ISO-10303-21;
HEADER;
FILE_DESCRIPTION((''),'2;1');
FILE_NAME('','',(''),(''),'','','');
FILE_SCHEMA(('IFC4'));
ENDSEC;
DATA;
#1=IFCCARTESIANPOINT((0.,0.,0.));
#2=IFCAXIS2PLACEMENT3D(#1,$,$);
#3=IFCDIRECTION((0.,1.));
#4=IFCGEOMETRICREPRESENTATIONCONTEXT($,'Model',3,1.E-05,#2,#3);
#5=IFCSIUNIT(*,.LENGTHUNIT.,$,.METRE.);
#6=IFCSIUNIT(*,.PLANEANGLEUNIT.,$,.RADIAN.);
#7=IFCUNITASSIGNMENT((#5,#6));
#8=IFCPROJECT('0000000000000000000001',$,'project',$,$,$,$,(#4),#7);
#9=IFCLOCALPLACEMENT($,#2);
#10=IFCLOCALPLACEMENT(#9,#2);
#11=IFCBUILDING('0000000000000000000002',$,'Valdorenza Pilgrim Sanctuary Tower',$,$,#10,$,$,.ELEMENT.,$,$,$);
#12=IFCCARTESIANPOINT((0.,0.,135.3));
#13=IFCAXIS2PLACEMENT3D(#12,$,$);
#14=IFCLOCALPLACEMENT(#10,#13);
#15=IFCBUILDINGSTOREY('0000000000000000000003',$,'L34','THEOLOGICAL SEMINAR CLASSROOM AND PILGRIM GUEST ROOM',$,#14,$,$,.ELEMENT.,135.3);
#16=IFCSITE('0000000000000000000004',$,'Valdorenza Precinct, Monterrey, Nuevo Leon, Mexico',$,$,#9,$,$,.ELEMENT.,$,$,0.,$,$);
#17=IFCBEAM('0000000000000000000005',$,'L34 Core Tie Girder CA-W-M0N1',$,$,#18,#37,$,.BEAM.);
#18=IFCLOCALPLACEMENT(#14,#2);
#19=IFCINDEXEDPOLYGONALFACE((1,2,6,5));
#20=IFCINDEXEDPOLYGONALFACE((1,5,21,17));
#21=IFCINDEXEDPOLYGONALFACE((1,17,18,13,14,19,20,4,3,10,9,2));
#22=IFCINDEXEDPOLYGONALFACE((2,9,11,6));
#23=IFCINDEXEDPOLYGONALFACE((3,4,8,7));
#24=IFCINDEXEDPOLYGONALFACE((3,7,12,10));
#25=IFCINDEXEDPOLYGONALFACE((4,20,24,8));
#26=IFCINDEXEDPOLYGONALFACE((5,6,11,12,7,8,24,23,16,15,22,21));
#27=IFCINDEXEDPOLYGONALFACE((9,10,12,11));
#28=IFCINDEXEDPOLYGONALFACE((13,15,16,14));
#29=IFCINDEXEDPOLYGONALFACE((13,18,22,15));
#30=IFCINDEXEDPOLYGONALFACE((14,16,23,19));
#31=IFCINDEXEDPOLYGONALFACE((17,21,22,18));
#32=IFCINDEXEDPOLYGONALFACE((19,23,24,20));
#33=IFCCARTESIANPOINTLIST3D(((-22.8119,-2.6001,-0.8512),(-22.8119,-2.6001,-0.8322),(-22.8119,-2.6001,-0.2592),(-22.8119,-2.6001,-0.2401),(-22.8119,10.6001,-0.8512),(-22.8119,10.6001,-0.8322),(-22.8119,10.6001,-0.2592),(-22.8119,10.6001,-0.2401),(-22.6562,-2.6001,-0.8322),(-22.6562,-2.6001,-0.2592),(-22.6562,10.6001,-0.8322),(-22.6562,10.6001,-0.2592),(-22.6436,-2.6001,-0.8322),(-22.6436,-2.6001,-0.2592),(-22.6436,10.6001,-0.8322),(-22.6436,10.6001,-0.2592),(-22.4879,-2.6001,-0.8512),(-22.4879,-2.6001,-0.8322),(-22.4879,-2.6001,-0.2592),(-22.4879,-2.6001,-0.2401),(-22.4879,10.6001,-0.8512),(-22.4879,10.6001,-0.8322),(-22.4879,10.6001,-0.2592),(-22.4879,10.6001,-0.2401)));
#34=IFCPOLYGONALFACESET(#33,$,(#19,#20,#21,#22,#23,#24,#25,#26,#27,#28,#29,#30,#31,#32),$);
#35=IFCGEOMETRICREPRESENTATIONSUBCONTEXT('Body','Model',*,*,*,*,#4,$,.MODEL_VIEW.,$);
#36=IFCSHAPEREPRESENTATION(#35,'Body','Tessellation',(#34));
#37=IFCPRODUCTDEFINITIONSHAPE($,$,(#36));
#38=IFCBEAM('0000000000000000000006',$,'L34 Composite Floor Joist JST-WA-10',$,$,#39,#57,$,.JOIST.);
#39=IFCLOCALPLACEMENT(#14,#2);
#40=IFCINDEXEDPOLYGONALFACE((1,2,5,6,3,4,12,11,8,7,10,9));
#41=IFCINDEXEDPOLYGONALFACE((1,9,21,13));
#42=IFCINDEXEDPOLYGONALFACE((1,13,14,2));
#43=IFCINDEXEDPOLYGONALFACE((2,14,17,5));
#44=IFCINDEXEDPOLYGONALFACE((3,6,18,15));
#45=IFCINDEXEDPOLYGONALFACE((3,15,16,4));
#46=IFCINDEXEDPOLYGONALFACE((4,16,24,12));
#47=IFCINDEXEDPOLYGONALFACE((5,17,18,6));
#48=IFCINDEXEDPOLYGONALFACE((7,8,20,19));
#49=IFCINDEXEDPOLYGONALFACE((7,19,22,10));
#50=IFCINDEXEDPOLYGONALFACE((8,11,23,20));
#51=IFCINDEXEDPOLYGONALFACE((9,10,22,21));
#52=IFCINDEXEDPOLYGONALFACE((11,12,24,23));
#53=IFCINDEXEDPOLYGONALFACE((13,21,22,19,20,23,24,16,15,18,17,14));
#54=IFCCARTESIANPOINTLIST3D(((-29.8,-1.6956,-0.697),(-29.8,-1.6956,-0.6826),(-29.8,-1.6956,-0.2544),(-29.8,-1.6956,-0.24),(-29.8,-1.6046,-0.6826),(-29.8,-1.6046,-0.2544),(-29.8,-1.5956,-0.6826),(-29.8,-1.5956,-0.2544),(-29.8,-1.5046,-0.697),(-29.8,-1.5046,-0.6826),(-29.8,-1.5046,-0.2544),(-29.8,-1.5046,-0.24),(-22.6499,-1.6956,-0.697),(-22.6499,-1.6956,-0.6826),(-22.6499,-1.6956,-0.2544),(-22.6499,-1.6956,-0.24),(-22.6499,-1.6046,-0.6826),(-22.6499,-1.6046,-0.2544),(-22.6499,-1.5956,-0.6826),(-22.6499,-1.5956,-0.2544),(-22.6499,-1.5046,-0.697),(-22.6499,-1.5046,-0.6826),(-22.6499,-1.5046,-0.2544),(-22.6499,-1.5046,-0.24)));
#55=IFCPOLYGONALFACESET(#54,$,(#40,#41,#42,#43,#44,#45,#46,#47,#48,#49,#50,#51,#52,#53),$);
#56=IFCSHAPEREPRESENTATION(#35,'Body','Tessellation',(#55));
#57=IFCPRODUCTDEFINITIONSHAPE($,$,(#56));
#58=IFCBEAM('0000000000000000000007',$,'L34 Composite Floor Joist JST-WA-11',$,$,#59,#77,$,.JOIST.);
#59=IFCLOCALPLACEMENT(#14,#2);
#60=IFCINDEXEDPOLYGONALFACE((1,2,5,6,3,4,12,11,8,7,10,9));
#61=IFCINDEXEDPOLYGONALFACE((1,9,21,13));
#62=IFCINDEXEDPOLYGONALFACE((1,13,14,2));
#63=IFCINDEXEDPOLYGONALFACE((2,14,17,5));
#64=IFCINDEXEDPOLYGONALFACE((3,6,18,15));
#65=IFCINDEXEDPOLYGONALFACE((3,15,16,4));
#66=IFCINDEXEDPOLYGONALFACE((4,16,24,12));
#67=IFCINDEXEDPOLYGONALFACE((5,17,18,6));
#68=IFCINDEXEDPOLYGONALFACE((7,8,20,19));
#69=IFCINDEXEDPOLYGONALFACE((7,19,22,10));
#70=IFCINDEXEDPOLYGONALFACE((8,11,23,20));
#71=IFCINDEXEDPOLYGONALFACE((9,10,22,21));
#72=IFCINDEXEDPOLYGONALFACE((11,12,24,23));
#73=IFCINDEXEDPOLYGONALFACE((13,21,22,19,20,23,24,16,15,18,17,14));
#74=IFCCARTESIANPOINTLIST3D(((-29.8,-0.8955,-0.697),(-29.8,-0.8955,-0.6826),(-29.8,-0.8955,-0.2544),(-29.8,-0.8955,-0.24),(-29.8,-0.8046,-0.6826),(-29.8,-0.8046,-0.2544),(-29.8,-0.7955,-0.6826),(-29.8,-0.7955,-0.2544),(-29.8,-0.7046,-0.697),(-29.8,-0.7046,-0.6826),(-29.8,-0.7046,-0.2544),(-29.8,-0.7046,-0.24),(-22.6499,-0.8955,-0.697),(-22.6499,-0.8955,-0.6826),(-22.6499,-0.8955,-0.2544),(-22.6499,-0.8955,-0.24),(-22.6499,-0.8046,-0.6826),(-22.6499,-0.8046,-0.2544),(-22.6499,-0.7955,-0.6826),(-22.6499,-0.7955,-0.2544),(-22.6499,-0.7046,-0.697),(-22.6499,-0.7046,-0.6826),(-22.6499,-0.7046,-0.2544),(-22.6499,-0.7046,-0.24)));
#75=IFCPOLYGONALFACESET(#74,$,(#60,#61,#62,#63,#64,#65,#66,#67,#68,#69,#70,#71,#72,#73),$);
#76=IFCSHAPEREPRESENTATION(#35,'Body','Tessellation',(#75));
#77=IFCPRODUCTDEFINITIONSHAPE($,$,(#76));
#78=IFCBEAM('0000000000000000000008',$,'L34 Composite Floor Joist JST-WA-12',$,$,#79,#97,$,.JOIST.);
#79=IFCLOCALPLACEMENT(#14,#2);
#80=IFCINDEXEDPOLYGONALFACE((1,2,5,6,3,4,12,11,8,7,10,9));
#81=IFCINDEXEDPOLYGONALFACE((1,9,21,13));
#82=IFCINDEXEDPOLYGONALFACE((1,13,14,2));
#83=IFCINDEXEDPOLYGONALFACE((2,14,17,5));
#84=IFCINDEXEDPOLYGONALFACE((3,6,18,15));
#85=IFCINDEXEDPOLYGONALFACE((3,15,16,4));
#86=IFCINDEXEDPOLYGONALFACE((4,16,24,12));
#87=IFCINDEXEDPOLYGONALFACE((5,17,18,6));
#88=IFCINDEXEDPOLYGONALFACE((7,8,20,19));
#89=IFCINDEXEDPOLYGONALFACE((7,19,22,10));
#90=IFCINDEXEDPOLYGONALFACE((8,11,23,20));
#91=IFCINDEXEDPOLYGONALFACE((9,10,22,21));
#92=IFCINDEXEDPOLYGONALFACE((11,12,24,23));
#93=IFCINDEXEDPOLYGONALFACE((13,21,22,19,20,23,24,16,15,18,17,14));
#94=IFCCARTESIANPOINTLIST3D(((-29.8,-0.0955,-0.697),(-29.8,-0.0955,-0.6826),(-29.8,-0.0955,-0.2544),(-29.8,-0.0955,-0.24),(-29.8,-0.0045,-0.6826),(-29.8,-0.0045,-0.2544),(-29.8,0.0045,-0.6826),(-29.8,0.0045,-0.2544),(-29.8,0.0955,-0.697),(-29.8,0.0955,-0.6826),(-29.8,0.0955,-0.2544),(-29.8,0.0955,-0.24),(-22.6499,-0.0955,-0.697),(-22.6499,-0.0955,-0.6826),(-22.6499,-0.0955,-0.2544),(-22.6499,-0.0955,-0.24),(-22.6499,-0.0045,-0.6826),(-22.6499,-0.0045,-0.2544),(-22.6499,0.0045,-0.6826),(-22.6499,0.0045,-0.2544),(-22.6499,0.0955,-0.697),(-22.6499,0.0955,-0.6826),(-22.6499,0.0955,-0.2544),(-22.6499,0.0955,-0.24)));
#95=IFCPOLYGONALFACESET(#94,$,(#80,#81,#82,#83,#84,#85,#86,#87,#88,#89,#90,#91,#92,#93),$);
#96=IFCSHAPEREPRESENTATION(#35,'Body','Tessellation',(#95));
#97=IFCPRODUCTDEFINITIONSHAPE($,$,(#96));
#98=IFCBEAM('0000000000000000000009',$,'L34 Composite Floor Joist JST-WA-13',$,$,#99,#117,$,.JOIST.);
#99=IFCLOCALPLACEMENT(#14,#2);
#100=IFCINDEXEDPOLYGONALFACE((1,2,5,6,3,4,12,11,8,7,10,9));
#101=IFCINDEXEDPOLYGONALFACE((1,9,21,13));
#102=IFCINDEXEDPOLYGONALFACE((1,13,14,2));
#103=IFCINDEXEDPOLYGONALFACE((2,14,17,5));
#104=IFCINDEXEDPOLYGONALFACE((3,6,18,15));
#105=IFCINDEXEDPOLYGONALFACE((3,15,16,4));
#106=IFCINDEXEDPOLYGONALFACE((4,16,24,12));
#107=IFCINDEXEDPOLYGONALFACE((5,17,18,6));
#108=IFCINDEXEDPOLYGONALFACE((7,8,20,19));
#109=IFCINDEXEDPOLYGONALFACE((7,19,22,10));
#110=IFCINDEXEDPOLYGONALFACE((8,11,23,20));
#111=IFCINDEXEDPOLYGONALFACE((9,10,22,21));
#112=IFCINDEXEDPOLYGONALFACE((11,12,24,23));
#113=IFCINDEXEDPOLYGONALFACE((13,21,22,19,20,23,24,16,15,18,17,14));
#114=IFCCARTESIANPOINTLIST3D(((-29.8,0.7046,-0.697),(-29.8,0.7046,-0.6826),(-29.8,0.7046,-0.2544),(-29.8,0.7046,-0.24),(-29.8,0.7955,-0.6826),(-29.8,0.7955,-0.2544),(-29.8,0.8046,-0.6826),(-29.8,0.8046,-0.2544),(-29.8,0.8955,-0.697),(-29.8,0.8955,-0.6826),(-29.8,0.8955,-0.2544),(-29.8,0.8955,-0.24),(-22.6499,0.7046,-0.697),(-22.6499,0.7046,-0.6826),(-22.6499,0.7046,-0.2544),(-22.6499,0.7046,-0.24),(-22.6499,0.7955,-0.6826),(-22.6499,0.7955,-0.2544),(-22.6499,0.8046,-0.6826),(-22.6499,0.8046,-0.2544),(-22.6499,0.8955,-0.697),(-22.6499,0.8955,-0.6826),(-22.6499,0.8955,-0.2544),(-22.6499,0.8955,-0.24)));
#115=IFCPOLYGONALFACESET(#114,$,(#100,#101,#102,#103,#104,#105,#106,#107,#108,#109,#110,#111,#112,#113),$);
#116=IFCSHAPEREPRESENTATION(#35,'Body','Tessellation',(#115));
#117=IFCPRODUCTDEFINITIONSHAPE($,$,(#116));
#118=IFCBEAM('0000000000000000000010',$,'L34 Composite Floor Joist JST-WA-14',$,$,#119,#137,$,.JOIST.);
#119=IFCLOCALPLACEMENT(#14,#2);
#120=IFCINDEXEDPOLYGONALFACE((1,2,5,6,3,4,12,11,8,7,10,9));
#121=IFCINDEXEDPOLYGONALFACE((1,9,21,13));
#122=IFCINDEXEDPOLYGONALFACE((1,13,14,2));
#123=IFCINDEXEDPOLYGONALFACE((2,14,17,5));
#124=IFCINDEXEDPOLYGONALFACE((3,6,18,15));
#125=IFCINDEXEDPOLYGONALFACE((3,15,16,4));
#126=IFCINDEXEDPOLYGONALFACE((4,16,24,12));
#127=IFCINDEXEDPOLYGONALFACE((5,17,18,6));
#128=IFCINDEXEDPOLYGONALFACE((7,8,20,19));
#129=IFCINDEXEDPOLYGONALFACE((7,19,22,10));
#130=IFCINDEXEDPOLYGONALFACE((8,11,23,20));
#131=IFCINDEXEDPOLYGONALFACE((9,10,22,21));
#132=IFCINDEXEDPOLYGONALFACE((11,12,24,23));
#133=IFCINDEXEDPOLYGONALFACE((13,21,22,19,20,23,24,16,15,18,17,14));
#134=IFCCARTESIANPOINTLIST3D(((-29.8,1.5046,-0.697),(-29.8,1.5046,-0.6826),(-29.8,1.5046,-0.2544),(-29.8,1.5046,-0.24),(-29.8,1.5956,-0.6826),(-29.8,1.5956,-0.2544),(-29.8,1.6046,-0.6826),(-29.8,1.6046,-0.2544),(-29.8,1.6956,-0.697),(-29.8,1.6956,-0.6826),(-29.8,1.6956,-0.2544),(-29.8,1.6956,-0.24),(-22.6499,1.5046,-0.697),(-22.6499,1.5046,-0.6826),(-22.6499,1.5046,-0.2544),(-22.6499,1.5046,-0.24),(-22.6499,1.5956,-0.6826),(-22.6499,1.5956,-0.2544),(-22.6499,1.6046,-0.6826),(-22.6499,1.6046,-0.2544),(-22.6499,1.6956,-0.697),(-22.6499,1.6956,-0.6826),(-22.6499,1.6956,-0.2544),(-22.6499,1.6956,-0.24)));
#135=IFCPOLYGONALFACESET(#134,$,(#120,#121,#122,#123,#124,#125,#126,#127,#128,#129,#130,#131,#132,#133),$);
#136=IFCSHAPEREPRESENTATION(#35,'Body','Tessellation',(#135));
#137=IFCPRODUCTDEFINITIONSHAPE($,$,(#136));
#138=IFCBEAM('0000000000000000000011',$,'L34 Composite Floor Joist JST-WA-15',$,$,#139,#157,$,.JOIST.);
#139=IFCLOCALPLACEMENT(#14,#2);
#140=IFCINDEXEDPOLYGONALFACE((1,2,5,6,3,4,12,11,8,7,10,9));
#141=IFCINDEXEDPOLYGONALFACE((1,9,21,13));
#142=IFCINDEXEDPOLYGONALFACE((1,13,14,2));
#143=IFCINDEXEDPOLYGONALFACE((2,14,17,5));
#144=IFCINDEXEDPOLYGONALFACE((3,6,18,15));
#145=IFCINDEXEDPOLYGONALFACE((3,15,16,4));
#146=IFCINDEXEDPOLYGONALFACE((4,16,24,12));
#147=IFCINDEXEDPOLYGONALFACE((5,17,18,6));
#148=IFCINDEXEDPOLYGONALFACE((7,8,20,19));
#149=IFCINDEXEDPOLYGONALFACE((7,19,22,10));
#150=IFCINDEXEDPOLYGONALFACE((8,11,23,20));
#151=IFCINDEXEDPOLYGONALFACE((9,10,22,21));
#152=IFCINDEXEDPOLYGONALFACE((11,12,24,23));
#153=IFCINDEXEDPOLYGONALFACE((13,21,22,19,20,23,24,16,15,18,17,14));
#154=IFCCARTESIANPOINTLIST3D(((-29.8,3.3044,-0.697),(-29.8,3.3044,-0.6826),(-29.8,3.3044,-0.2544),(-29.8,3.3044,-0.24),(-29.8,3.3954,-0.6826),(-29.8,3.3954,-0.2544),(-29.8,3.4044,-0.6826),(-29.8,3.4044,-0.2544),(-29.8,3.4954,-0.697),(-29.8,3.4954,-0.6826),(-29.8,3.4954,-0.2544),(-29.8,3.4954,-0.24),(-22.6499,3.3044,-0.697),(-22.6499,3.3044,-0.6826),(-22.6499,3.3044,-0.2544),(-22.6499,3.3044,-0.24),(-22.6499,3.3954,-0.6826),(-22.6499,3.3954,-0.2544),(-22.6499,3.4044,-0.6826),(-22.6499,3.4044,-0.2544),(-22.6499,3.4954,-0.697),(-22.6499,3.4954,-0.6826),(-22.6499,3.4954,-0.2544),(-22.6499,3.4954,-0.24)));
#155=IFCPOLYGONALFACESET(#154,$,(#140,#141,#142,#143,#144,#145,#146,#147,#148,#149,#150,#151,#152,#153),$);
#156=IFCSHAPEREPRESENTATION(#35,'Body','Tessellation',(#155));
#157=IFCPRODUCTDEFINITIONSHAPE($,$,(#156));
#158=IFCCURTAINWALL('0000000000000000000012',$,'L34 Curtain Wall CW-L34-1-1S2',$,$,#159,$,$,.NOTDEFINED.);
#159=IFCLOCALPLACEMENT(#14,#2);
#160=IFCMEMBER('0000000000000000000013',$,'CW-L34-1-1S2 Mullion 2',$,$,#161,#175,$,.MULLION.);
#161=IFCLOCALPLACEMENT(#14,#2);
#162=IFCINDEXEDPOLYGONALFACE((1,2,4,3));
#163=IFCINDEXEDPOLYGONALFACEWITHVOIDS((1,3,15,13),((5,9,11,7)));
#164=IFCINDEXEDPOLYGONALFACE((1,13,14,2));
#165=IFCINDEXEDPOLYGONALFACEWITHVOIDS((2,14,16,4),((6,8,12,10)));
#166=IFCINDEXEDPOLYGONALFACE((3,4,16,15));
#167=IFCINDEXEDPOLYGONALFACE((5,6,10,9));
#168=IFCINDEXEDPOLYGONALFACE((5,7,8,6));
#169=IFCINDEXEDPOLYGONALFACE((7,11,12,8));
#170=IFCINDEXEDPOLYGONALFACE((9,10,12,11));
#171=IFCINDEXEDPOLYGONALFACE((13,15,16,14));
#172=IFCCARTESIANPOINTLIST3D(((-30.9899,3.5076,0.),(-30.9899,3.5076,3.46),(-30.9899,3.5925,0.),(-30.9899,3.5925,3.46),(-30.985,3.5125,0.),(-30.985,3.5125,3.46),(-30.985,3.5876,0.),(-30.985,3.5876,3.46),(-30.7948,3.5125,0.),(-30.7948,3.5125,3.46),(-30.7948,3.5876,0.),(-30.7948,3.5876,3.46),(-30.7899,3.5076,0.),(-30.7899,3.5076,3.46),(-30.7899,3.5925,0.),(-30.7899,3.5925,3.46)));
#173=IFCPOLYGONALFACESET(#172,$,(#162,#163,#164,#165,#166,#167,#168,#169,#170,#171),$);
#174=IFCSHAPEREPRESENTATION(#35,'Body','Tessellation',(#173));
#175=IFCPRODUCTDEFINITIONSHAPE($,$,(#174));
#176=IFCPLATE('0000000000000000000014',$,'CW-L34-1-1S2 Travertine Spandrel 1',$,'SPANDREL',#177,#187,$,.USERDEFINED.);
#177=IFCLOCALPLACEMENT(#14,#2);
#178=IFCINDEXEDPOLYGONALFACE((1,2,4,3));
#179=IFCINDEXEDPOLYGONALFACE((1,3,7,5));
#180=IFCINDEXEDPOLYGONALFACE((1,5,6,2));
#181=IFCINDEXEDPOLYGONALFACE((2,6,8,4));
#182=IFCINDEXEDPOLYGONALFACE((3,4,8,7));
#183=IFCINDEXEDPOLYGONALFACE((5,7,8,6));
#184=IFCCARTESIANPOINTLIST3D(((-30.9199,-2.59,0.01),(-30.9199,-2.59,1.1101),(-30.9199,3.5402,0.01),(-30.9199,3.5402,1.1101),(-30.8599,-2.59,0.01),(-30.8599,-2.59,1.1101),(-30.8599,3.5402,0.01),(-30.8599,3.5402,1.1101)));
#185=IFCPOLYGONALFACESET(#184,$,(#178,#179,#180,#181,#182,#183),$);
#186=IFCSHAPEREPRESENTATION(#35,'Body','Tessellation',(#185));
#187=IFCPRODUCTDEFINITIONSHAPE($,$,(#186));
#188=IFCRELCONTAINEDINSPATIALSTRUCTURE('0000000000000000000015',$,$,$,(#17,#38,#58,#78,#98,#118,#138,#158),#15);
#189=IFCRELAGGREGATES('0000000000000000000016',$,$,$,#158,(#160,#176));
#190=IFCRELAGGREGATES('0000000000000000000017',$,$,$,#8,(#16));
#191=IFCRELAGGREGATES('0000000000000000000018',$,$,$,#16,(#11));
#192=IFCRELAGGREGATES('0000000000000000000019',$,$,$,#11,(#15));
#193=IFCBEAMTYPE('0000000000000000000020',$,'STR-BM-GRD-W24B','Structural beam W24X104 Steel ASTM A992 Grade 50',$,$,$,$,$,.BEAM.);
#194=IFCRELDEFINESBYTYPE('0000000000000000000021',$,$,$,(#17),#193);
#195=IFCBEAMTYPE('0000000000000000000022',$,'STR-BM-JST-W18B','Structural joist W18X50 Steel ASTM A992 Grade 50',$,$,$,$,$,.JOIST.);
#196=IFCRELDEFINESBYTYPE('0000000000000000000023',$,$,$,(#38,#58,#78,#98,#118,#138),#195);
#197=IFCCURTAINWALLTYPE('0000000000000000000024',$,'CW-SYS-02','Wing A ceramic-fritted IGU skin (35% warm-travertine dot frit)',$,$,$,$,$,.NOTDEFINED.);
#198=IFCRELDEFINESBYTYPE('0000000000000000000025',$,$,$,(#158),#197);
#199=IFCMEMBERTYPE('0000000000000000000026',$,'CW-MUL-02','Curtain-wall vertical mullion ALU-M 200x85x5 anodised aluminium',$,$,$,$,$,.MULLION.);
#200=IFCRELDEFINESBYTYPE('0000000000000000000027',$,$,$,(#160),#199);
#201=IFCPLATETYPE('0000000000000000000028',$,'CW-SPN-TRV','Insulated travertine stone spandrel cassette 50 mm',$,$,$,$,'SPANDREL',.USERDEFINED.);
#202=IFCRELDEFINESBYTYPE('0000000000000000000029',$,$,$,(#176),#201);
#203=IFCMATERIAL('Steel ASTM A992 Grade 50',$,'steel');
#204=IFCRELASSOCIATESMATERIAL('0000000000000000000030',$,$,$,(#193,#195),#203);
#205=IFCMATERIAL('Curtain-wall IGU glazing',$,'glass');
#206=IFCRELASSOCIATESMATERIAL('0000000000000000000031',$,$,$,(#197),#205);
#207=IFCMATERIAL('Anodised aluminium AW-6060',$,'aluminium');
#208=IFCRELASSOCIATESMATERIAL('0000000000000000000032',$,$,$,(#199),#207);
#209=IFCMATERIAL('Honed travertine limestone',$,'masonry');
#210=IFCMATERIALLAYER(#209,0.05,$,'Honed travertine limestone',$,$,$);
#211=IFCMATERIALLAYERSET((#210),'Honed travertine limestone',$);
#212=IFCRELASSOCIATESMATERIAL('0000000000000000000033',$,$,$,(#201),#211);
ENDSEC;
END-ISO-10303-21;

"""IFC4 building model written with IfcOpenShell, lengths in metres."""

from ifc_helpers import new_model, si_unit, direction, frame, origin, origin_2d, place, context, subcontext, project, spatial, rectangle, hollow_rectangle, i_section, extrude, source, transform, mapped, material, layer, layer_set, material_profile, profile_set, type_object, element, aggregate, save


model = new_model("IFC4")

# Units and contexts
model_context = context("Model", 3, precision=1e-05, world=origin(), true_north=direction((0.0, 1.0)))
body_context = subcontext(model_context, "Body", "Model", "MODEL_VIEW")
ifc_project = project(units=[si_unit("LENGTHUNIT", "METRE"), si_unit("PLANEANGLEUNIT", "RADIAN")], contexts=[model_context])

# Site, building, storey
site_placement = place(None, origin())
site = spatial("IfcSite", under=ifc_project, at=site_placement, Name="Valdorenza Precinct, Monterrey, Nuevo Leon, Mexico", CompositionType="ELEMENT", RefElevation=0.0)
building_placement = place(site_placement, origin())
building = spatial("IfcBuilding", under=site, at=building_placement, Name="Valdorenza Pilgrim Sanctuary Tower", CompositionType="ELEMENT")
storey_placement = place(building_placement, frame((0.0, 0.0, 135.3)))
storey = spatial("IfcBuildingStorey", under=building, at=storey_placement, Name="L34", Description="THEOLOGICAL SEMINAR CLASSROOM AND PILGRIM GUEST ROOM", CompositionType="ELEMENT", Elevation=135.3)

# Beams
ifc_material_1 = material(Name="Steel ASTM A992 Grade 50", Category="steel")
ifc_material_profile_1 = material_profile(ifc_material_1, i_section(OverallWidth=0.324, OverallDepth=0.6111, WebThickness=0.0127, FlangeThickness=0.019, at=origin_2d()), Name="W24X104")
ifc_profile_set_1 = profile_set([ifc_material_profile_1], Name="Steel ASTM A992 Grade 50")
beam_type_1 = type_object("IfcBeamType", Name="STR-BM-GRD-W24B", Description="Structural beam W24X104 Steel ASTM A992 Grade 50", PredefinedType="BEAM", material=ifc_profile_set_1)
shared_shape_1 = source(origin(), body_context, "Body", "SweptSolid", [
    extrude(i_section(OverallWidth=0.324, OverallDepth=0.6111, WebThickness=0.0127, FlangeThickness=0.019, at=origin_2d()), origin(), (0.0, 0.0, 1.0), 13.2002),
])
beam_placement = place(storey_placement, frame((-22.6499, -2.6001, -0.5457), z_axis=(0.0, 1.0, 0.0), x_axis=(-1.0, 0.0, 0.0)))
element("IfcBeam", 1, at=beam_placement, inside=storey, type_object=beam_type_1, Name="L34 Core Tie Girder CA-W-M0N1", PredefinedType="BEAM", context=body_context, shape_type="MappedRepresentation", body=[
    mapped(shared_shape_1, transform((0.0, 0.0, 0.0), x_axis=(1.0, 0.0, 0.0), y_axis=(0.0, 1.0, 0.0), z_axis=(0.0, 0.0, 1.0), scale=1.0)),
])
ifc_material_profile_2 = material_profile(ifc_material_1, i_section(OverallWidth=0.1909, OverallDepth=0.457, WebThickness=0.009, FlangeThickness=0.0144, at=origin_2d()), Name="W18X50")
ifc_profile_set_2 = profile_set([ifc_material_profile_2], Name="Steel ASTM A992 Grade 50")
beam_type_2 = type_object("IfcBeamType", Name="STR-BM-JST-W18B", Description="Structural joist W18X50 Steel ASTM A992 Grade 50", PredefinedType="JOIST", material=ifc_profile_set_2)
shared_shape_2 = source(origin(), body_context, "Body", "SweptSolid", [
    extrude(i_section(OverallWidth=0.1909, OverallDepth=0.457, WebThickness=0.009, FlangeThickness=0.0144, at=origin_2d()), origin(), (0.0, 0.0, 1.0), 7.1501),
])
for number, where, z_axis, x_axis, name in (
    (2, (-29.8, -1.6001, -0.4685), (1.0, 0.0, 0.0), (0.0, 1.0, 0.0), "L34 Composite Floor Joist JST-WA-10"),
    (3, (-29.8, -0.8, -0.4685), (1.0, 0.0, 0.0), (0.0, 1.0, 0.0), "L34 Composite Floor Joist JST-WA-11"),
    (4, (-29.8, 0.0, -0.4685), (1.0, 0.0, 0.0), (0.0, 1.0, 0.0), "L34 Composite Floor Joist JST-WA-12"),
    (5, (-29.8, 0.8, -0.4685), (1.0, 0.0, 0.0), (0.0, 1.0, 0.0), "L34 Composite Floor Joist JST-WA-13"),
    (6, (-29.8, 1.6001, -0.4685), (1.0, 0.0, 0.0), (0.0, 1.0, 0.0), "L34 Composite Floor Joist JST-WA-14"),
    (7, (-29.8, 3.3999, -0.4685), (1.0, 0.0, 0.0), (0.0, 1.0, 0.0), "L34 Composite Floor Joist JST-WA-15"),
):
    element("IfcBeam", number, at=place(storey_placement, frame(where, z_axis=z_axis, x_axis=x_axis)), inside=storey, type_object=beam_type_2, Name=name, PredefinedType="JOIST", context=body_context, shape_type="MappedRepresentation", body=[
        mapped(shared_shape_2, transform((0.0, 0.0, 0.0), x_axis=(1.0, 0.0, 0.0), y_axis=(0.0, 1.0, 0.0), z_axis=(0.0, 0.0, 1.0), scale=1.0)),
    ])

# Curtain wall, member, plate
ifc_material_2 = material(Name="Curtain-wall IGU glazing", Category="glass")
curtain_wall_type = type_object("IfcCurtainWallType", Name="CW-SYS-02", Description="Wing A ceramic-fritted IGU skin (35% warm-travertine dot frit)", PredefinedType="NOTDEFINED", material=ifc_material_2)
curtain_wall_placement = place(storey_placement, origin())
curtain_wall = element("IfcCurtainWall", 8, at=curtain_wall_placement, inside=storey, type_object=curtain_wall_type, Name="L34 Curtain Wall CW-L34-1-1S2", PredefinedType="NOTDEFINED")
ifc_material_3 = material(Name="Anodised aluminium AW-6060", Category="aluminium")
ifc_material_profile_3 = material_profile(ifc_material_3, hollow_rectangle(XDim=0.085, YDim=0.2, WallThickness=0.0049, at=origin_2d()), Name="ALU-M 200x85x5")
ifc_profile_set_3 = profile_set([ifc_material_profile_3], Name="Anodised aluminium AW-6060")
member_type = type_object("IfcMemberType", Name="CW-MUL-02", Description="Curtain-wall vertical mullion ALU-M 200x85x5 anodised aluminium", PredefinedType="MULLION", material=ifc_profile_set_3)
shared_shape_3 = source(origin(), body_context, "Body", "SweptSolid", [
    extrude(hollow_rectangle(XDim=0.085, YDim=0.2, WallThickness=0.0049, at=origin_2d()), origin(), (0.0, 0.0, 1.0), 3.46),
])
member_placement = place(storey_placement, frame((-30.8899, 3.55, 0.0), z_axis=(0.0, 0.0, 1.0), x_axis=(0.0, 1.0, 0.0)))
member = element("IfcMember", 9, at=member_placement, type_object=member_type, Name="CW-L34-1-1S2 Mullion 2", PredefinedType="MULLION", context=body_context, shape_type="MappedRepresentation", body=[
    mapped(shared_shape_3, transform((0.0, 0.0, 0.0), x_axis=(1.0, 0.0, 0.0), y_axis=(0.0, 1.0, 0.0), z_axis=(0.0, 0.0, 1.0), scale=1.0)),
])
ifc_material_4 = material(Name="Honed travertine limestone", Category="masonry")
ifc_layer_1 = layer(ifc_material_4, 0.05, Name="Honed travertine limestone")
ifc_layer_set_1 = layer_set([ifc_layer_1], Name="Honed travertine limestone")
plate_type_1 = type_object("IfcPlateType", Name="CW-SPN-TRV", Description="Insulated travertine stone spandrel cassette 50 mm", ElementType="SPANDREL", PredefinedType="USERDEFINED", material=ifc_layer_set_1)
shared_shape_4 = source(origin(), body_context, "Body", "SweptSolid", [
    extrude(rectangle(XDim=6.1301, YDim=0.0601, at=origin_2d()), origin(), (0.0, 0.0, 1.0), 1.1001),
])
plate_1_placement = place(storey_placement, frame((-30.8899, 0.4751, 0.01), z_axis=(0.0, 0.0, 1.0), x_axis=(0.0, 1.0, 0.0)))
plate_1 = element("IfcPlate", 10, at=plate_1_placement, type_object=plate_type_1, Name="CW-L34-1-1S2 Travertine Spandrel 1", ObjectType="SPANDREL", PredefinedType="USERDEFINED", context=body_context, shape_type="MappedRepresentation", body=[
    mapped(shared_shape_4, transform((0.0, 0.0, 0.0), x_axis=(1.0, 0.0, 0.0), y_axis=(0.0, 1.0, 0.0), z_axis=(0.0, 0.0, 1.0), scale=1.0)),
])
aggregate(curtain_wall, [member, plate_1])

save(model, "model.ifc")
